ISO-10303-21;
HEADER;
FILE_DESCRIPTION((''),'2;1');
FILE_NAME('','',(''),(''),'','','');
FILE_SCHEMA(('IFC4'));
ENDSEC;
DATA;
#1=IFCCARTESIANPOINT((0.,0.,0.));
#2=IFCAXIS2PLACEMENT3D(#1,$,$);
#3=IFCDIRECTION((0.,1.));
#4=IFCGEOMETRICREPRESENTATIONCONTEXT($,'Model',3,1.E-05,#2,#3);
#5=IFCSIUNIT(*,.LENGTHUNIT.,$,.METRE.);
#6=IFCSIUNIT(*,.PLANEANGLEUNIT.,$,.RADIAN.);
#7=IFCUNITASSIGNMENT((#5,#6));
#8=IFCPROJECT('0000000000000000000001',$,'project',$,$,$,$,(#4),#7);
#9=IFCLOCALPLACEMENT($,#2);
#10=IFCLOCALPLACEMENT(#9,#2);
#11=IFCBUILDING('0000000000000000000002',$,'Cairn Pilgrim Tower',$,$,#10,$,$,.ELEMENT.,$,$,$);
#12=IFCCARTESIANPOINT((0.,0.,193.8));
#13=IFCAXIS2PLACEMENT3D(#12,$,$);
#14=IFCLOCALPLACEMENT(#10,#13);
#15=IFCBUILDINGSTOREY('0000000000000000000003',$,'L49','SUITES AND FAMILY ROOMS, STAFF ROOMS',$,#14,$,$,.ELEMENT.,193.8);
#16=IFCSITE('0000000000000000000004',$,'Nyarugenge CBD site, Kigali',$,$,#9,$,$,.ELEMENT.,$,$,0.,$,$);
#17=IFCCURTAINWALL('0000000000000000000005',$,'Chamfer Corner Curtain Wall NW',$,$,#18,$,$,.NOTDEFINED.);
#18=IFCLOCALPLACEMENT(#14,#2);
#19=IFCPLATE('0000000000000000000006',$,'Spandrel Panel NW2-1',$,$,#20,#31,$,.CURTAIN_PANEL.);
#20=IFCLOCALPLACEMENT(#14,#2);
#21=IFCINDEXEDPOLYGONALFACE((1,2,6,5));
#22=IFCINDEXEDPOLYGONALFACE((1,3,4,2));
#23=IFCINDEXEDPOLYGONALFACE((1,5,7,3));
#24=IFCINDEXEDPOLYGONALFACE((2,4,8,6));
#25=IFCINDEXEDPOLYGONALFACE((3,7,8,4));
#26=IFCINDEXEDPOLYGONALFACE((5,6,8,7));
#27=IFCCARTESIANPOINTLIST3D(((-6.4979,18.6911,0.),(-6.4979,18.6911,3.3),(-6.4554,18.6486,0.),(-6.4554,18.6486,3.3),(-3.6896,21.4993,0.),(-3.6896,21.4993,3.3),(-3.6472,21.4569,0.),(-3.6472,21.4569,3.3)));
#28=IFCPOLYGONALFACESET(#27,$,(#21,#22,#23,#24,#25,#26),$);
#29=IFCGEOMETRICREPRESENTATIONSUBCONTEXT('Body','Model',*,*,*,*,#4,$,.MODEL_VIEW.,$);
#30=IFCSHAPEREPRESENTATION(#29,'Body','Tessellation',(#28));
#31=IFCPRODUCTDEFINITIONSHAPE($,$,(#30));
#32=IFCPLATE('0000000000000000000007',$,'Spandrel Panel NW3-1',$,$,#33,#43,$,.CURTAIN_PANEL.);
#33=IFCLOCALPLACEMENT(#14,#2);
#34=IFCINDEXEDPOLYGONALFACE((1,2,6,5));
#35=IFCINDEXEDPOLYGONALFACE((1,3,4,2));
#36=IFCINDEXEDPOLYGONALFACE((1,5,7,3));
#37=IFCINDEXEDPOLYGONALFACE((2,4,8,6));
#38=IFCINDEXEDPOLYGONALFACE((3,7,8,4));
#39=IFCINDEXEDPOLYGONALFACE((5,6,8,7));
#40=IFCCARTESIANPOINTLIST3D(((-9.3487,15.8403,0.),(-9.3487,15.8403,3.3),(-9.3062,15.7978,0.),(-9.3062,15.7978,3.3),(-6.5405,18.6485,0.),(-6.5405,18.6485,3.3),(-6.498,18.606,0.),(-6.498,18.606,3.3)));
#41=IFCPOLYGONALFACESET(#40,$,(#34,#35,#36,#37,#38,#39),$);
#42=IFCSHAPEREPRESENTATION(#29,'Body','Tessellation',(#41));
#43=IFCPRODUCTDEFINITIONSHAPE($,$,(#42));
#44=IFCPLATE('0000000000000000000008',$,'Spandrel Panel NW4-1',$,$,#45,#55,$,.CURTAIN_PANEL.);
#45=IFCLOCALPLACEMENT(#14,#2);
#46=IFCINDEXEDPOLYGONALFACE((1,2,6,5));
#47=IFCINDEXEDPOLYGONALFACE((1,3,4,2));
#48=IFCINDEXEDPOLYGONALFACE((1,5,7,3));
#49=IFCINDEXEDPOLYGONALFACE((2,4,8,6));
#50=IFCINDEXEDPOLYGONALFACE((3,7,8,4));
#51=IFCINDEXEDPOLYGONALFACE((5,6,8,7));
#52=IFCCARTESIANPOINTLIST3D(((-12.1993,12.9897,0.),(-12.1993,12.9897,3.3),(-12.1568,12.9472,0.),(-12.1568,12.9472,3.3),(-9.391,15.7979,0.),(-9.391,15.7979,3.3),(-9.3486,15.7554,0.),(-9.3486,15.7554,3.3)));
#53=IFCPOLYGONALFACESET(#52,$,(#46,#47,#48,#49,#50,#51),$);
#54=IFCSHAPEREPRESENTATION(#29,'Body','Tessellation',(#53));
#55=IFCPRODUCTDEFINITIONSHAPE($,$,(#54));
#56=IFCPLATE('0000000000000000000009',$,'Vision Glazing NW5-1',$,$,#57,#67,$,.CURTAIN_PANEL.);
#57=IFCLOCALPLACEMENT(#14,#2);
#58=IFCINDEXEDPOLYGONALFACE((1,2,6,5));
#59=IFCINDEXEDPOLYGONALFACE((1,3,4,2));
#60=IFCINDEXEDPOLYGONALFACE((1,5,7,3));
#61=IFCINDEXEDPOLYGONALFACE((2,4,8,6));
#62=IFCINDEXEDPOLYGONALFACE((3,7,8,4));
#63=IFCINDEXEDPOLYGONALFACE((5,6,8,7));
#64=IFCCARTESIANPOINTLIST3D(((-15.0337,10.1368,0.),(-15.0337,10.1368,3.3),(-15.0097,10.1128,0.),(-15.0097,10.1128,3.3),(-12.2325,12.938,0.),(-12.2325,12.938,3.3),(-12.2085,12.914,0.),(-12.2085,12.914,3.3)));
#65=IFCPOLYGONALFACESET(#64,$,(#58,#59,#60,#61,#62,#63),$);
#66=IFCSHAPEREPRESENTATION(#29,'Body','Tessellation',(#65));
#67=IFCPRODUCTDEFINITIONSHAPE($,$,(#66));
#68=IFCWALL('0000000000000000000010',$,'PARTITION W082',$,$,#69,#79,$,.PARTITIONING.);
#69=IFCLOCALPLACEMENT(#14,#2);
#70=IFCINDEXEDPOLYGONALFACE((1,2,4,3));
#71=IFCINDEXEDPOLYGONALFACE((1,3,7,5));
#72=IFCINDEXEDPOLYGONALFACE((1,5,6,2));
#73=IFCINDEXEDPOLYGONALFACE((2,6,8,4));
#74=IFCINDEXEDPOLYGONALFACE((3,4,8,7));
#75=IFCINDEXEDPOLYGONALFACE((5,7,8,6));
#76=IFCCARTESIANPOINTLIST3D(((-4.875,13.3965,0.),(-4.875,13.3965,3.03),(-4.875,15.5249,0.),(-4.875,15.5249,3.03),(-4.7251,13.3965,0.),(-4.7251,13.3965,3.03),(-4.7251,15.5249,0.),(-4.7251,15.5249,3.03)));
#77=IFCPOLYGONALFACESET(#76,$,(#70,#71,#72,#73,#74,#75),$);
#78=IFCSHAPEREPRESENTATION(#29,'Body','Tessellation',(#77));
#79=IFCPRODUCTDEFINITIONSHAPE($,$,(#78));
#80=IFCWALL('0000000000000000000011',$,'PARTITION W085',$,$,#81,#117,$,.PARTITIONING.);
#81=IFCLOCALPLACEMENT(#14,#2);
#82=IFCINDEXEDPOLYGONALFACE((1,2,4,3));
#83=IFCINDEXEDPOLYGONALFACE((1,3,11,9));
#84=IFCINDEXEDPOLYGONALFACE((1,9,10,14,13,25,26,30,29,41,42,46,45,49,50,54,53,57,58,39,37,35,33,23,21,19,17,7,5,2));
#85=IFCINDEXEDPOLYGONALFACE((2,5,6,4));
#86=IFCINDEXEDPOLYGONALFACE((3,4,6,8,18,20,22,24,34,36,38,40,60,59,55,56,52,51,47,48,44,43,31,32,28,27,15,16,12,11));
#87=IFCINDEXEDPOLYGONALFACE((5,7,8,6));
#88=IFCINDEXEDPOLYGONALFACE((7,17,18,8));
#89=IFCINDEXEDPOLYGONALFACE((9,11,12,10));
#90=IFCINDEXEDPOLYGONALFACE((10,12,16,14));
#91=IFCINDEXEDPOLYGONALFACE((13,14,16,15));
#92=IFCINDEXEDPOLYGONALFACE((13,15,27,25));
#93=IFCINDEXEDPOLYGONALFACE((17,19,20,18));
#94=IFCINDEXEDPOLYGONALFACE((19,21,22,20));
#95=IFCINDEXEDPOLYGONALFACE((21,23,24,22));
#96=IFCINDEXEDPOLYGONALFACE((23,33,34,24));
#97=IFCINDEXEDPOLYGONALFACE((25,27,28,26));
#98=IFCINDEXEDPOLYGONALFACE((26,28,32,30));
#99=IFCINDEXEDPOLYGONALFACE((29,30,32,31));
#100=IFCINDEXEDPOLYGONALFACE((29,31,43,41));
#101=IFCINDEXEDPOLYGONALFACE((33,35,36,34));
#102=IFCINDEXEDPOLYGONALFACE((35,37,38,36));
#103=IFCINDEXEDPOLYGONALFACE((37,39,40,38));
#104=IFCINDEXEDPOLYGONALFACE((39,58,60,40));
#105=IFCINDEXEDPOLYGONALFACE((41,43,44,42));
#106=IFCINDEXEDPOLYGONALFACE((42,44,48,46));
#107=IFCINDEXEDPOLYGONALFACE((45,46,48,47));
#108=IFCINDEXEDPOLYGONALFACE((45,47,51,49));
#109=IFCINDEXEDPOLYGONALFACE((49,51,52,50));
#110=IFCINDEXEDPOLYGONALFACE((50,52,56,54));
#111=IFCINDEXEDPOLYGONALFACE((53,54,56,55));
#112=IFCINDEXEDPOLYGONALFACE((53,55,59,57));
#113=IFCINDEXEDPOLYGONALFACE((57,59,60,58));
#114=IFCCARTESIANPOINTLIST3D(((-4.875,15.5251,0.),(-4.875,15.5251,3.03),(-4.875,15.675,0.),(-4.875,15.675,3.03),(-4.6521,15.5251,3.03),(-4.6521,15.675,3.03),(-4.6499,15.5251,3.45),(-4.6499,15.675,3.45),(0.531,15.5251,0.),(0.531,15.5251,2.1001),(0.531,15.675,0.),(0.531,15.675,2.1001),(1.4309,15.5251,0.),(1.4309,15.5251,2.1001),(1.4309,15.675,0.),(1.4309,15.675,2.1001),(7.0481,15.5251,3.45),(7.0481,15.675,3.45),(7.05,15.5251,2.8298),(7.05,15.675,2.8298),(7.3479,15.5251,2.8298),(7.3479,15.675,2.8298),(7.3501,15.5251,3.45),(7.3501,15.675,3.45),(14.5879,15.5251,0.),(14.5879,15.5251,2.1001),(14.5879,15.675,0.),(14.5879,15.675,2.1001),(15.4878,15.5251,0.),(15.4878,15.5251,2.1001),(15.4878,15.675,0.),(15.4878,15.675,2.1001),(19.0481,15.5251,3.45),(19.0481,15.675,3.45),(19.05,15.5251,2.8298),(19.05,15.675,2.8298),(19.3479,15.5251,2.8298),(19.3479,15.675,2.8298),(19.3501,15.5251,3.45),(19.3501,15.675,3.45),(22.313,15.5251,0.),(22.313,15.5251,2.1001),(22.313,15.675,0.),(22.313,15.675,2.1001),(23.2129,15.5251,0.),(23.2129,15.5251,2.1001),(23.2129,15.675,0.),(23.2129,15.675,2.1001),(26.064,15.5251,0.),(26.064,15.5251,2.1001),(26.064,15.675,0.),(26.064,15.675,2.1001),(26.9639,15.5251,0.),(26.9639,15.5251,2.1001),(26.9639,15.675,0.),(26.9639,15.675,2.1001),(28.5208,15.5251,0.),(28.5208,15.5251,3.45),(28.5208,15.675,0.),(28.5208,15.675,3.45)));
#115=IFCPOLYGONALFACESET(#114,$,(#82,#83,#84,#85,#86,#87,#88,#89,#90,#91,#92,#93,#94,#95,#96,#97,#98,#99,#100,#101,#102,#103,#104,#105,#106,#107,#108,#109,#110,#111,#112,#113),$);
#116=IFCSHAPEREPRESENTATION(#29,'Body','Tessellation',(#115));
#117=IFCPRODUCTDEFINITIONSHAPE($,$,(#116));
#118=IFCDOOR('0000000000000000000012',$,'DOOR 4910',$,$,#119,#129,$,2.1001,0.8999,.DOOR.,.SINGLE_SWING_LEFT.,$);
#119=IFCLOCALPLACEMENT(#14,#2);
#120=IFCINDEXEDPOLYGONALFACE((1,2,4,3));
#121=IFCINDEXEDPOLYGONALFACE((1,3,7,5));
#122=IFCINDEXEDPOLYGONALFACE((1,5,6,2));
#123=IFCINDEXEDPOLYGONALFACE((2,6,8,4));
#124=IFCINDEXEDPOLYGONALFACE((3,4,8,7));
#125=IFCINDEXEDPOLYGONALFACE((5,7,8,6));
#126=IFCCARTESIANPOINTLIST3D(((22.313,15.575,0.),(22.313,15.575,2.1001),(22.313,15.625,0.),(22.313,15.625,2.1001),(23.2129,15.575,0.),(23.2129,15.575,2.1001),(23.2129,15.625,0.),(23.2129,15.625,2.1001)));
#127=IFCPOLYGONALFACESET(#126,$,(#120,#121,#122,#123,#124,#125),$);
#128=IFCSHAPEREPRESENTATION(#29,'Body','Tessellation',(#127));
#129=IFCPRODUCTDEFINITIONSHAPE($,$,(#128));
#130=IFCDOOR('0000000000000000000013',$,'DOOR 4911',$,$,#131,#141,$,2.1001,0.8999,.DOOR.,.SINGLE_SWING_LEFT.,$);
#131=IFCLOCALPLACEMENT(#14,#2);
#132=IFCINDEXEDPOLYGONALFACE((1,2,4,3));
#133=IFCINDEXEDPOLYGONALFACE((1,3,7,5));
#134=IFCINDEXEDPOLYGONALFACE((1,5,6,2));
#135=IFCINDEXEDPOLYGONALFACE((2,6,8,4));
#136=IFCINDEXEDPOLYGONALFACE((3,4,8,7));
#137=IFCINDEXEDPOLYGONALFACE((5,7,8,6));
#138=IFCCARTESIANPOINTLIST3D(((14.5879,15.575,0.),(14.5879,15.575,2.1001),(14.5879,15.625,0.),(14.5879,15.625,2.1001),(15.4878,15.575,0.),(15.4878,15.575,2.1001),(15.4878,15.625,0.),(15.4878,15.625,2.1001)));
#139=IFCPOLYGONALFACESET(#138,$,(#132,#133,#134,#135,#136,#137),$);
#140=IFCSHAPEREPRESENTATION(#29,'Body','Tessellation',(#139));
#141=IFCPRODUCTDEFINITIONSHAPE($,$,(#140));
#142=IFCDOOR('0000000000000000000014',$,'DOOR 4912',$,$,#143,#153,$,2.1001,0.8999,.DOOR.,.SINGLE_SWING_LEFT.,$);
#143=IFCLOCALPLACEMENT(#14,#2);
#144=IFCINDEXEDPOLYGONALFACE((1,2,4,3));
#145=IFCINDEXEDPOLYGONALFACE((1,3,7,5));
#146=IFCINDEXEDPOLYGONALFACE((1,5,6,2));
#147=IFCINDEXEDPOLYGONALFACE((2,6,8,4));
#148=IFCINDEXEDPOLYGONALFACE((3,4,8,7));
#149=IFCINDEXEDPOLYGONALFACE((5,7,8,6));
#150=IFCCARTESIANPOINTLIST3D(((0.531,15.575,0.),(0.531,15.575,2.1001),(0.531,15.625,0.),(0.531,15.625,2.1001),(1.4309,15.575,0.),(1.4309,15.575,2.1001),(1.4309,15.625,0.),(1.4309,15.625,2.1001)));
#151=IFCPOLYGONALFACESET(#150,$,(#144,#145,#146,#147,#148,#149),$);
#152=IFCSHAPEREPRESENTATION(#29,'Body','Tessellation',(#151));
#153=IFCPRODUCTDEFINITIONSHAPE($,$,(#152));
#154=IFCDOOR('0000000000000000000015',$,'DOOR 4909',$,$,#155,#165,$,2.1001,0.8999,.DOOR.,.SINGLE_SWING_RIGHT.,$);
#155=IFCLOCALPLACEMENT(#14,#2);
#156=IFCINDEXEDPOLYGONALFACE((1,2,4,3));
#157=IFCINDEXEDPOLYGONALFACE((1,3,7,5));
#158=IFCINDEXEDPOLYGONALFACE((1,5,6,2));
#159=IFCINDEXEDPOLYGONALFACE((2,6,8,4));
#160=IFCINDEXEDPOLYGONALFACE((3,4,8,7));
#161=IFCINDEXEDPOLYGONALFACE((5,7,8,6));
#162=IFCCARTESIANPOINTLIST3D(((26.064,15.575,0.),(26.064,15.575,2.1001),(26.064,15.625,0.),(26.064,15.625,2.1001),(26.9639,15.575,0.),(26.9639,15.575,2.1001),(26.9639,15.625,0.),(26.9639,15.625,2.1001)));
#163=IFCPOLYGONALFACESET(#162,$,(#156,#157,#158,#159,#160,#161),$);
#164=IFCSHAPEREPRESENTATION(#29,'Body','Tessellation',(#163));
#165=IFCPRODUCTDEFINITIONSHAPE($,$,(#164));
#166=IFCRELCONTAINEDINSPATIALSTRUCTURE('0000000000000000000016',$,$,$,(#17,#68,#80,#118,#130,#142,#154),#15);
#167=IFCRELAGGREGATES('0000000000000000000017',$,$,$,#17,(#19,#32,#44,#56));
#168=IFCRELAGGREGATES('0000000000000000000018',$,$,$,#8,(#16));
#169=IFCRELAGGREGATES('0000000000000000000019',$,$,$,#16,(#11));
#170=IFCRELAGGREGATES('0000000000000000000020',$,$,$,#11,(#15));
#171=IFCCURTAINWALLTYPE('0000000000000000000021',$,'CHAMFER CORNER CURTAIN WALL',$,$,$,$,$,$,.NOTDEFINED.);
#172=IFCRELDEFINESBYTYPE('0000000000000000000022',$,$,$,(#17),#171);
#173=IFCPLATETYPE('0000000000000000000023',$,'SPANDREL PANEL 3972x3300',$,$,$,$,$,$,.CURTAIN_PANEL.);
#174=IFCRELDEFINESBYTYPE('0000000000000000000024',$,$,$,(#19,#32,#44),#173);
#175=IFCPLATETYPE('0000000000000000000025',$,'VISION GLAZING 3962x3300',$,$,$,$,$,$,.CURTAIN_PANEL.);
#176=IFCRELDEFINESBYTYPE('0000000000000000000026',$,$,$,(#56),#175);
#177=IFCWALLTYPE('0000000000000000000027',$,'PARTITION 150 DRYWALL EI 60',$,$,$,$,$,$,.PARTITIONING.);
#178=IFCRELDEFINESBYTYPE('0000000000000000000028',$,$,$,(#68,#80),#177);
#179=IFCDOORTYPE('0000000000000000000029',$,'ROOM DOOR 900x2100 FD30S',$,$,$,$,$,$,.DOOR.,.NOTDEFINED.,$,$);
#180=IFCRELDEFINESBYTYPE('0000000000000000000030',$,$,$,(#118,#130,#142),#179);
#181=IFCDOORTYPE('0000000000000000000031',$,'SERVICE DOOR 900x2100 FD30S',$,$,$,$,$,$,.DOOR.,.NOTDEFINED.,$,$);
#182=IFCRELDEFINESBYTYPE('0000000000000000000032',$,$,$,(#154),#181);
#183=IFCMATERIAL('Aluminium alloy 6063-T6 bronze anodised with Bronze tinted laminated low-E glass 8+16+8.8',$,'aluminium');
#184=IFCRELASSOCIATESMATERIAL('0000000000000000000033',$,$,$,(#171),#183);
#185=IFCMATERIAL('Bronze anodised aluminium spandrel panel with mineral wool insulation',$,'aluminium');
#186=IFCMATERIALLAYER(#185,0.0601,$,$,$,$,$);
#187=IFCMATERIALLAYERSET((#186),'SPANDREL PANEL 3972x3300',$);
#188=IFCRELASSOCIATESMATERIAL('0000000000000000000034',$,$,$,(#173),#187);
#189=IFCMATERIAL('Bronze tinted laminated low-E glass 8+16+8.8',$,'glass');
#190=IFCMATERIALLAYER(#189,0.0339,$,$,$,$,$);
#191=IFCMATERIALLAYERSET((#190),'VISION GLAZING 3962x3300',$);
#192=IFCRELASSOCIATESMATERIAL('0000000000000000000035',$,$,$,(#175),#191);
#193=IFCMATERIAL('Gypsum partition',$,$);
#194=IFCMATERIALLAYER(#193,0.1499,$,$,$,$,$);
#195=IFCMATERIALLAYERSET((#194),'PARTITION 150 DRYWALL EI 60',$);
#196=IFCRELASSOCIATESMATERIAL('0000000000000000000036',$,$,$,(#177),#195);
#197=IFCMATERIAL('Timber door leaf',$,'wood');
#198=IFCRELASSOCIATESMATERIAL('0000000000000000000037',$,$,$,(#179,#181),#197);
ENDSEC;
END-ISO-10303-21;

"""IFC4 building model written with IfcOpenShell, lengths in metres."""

from ifc_helpers import new_model, si_unit, direction, frame, frame_2d, origin, origin_2d, place, context, subcontext, project, spatial, polyline, rectangle, outline, extrude, material, layer, layer_set, type_object, element, fill, aggregate, save


model = new_model("IFC4")

# Units and contexts
model_context = context("Model", 3, precision=1e-05, world=origin(), true_north=direction((0.0, 1.0)))
body_context = subcontext(model_context, "Body", "Model", "MODEL_VIEW")
ifc_project = project(units=[si_unit("LENGTHUNIT", "METRE"), si_unit("PLANEANGLEUNIT", "RADIAN")], contexts=[model_context])

# Site, building, storey
site_placement = place(None, origin())
site = spatial("IfcSite", under=ifc_project, at=site_placement, Name="Nyarugenge CBD site, Kigali", CompositionType="ELEMENT", RefElevation=0.0)
building_placement = place(site_placement, origin())
building = spatial("IfcBuilding", under=site, at=building_placement, Name="Cairn Pilgrim Tower", CompositionType="ELEMENT")
storey_placement = place(building_placement, frame((0.0, 0.0, 193.8)))
storey = spatial("IfcBuildingStorey", under=building, at=storey_placement, Name="L49", Description="SUITES AND FAMILY ROOMS, STAFF ROOMS", CompositionType="ELEMENT", Elevation=193.8)

# Curtain wall
ifc_material_1 = material(Name="Aluminium alloy 6063-T6 bronze anodised with Bronze tinted laminated low-E glass 8+16+8.8", Category="aluminium")
curtain_wall_type = type_object("IfcCurtainWallType", Name="CHAMFER CORNER CURTAIN WALL", PredefinedType="NOTDEFINED", material=ifc_material_1)
curtain_wall_placement = place(storey_placement, origin())
curtain_wall = element("IfcCurtainWall", 1, at=curtain_wall_placement, inside=storey, type_object=curtain_wall_type, Name="Chamfer Corner Curtain Wall NW", PredefinedType="NOTDEFINED")

# Plates
ifc_material_2 = material(Name="Bronze anodised aluminium spandrel panel with mineral wool insulation", Category="aluminium")
ifc_layer_1 = layer(ifc_material_2, 0.0601)
ifc_layer_set_1 = layer_set([ifc_layer_1], Name="SPANDREL PANEL 3972x3300")
plate_type_1 = type_object("IfcPlateType", Name="SPANDREL PANEL 3972x3300", PredefinedType="CURTAIN_PANEL", material=ifc_layer_set_1)
plate_1_placement = place(storey_placement, frame((-5.0725, 20.074, 0.0), z_axis=(0.0, 0.0, 1.0), x_axis=(-0.707107, -0.707107, 0.0)))
plate_1 = element("IfcPlate", 2, at=plate_1_placement, type_object=plate_type_1, Name="Spandrel Panel NW2-1", PredefinedType="CURTAIN_PANEL", context=body_context, shape_type="SweptSolid", body=[
    extrude(rectangle(XDim=3.9714, YDim=0.0601, at=origin_2d()), origin(), (0.0, 0.0, 1.0), 3.3),
])
plate_2_placement = place(storey_placement, frame((-7.9233, 17.2231, 0.0), z_axis=(0.0, 0.0, 1.0), x_axis=(-0.707107, -0.707107, 0.0)))
plate_2 = element("IfcPlate", 3, at=plate_2_placement, type_object=plate_type_1, Name="Spandrel Panel NW3-1", PredefinedType="CURTAIN_PANEL", context=body_context, shape_type="SweptSolid", body=[
    extrude(rectangle(XDim=3.9714, YDim=0.0601, at=origin_2d()), origin(), (0.0, 0.0, 1.0), 3.3),
])
plate_3_placement = place(storey_placement, frame((-10.7739, 14.3726, 0.0), z_axis=(0.0, 0.0, 1.0), x_axis=(-0.707107, -0.707107, 0.0)))
plate_3 = element("IfcPlate", 4, at=plate_3_placement, type_object=plate_type_1, Name="Spandrel Panel NW4-1", PredefinedType="CURTAIN_PANEL", context=body_context, shape_type="SweptSolid", body=[
    extrude(rectangle(XDim=3.9714, YDim=0.0601, at=origin_2d()), origin(), (0.0, 0.0, 1.0), 3.3),
])
ifc_material_3 = material(Name="Bronze tinted laminated low-E glass 8+16+8.8", Category="glass")
ifc_layer_2 = layer(ifc_material_3, 0.0339)
ifc_layer_set_2 = layer_set([ifc_layer_2], Name="VISION GLAZING 3962x3300")
plate_type_2 = type_object("IfcPlateType", Name="VISION GLAZING 3962x3300", PredefinedType="CURTAIN_PANEL", material=ifc_layer_set_2)
plate_4_placement = place(storey_placement, frame((-13.6211, 11.5254, 0.0), z_axis=(0.0, 0.0, 1.0), x_axis=(-0.707107, -0.707107, 0.0)))
plate_4 = element("IfcPlate", 5, at=plate_4_placement, type_object=plate_type_2, Name="Vision Glazing NW5-1", PredefinedType="CURTAIN_PANEL", context=body_context, shape_type="SweptSolid", body=[
    extrude(rectangle(XDim=3.9614, YDim=0.0339, at=origin_2d()), origin(), (0.0, 0.0, 1.0), 3.3),
])
aggregate(curtain_wall, [plate_1, plate_2, plate_3, plate_4])

# Wall
ifc_material_4 = material(Name="Gypsum partition")
ifc_layer_3 = layer(ifc_material_4, 0.1499)
ifc_layer_set_3 = layer_set([ifc_layer_3], Name="PARTITION 150 DRYWALL EI 60")
wall_type_1 = type_object("IfcWallType", Name="PARTITION 150 DRYWALL EI 60", PredefinedType="PARTITIONING", material=ifc_layer_set_3)
wall_1_placement = place(storey_placement, frame((-4.8, 13.3965, 0.0), z_axis=(0.0, 0.0, 1.0), x_axis=(0.0, 1.0, 0.0)))
element("IfcWall", 6, at=wall_1_placement, inside=storey, type_object=wall_type_1, Name="PARTITION W082", PredefinedType="PARTITIONING", context=body_context, shape_type="SweptSolid", body=[
    extrude(rectangle(XDim=2.1284, YDim=0.1499, at=frame_2d((1.0642, 0.0))), origin(), (0.0, 0.0, 1.0), 3.03),
])

# Wall, openings, doors
wall_2_placement = place(storey_placement, frame((-4.875, 15.6001, 0.0), z_axis=(0.0, 0.0, 1.0), x_axis=(1.0, 0.0, 0.0)))
wall_2 = element("IfcWall", 7, at=wall_2_placement, inside=storey, type_object=wall_type_1, Name="PARTITION W085", PredefinedType="PARTITIONING", context=body_context, shape_type="SweptSolid", body=[
    extrude(outline(polyline([(0.0, 0.0), (33.3958, 0.0), (33.3958, 3.45), (24.2251, 3.45), (24.2229, 2.8298), (23.925, 2.8298), (23.9231, 3.45), (12.2251, 3.45), (12.2229, 2.8298), (11.925, 2.8298), (11.9231, 3.45), (0.2251, 3.45), (0.2229, 3.03), (0.0, 3.03), (0.0, 0.0)])), frame((0.0, 0.075, 0.0), z_axis=(0.0, -1.0, 0.0), x_axis=(1.0, 0.0, 0.0)), (0.0, 0.0, 1.0), 0.1499),
])
opening_1_placement = place(wall_2_placement, frame((30.939, 0.0, 0.0)))
opening_1 = element("IfcOpeningElement", 8, at=opening_1_placement, cuts=wall_2, PredefinedType="OPENING", context=body_context, shape_type="SweptSolid", body=[
    extrude(rectangle(XDim=0.8999, YDim=2.1001, at=frame_2d((0.45, 1.05))), frame((0.0, 0.085, 0.0), z_axis=(0.0, -1.0, 0.0), x_axis=(1.0, 0.0, 0.0)), (0.0, 0.0, 1.0), 0.1699),
])
opening_2_placement = place(wall_2_placement, frame((27.188, 0.0, 0.0)))
opening_2 = element("IfcOpeningElement", 9, at=opening_2_placement, cuts=wall_2, PredefinedType="OPENING", context=body_context, shape_type="SweptSolid", body=[
    extrude(rectangle(XDim=0.8999, YDim=2.1001, at=frame_2d((0.45, 1.05))), frame((0.0, 0.085, 0.0), z_axis=(0.0, -1.0, 0.0), x_axis=(1.0, 0.0, 0.0)), (0.0, 0.0, 1.0), 0.1699),
])
opening_3_placement = place(wall_2_placement, frame((19.4629, 0.0, 0.0)))
opening_3 = element("IfcOpeningElement", 10, at=opening_3_placement, cuts=wall_2, PredefinedType="OPENING", context=body_context, shape_type="SweptSolid", body=[
    extrude(rectangle(XDim=0.8999, YDim=2.1001, at=frame_2d((0.45, 1.05))), frame((0.0, 0.085, 0.0), z_axis=(0.0, -1.0, 0.0), x_axis=(1.0, 0.0, 0.0)), (0.0, 0.0, 1.0), 0.1699),
])
opening_4_placement = place(wall_2_placement, frame((5.406, 0.0, 0.0)))
opening_4 = element("IfcOpeningElement", 11, at=opening_4_placement, cuts=wall_2, PredefinedType="OPENING", context=body_context, shape_type="SweptSolid", body=[
    extrude(rectangle(XDim=0.8999, YDim=2.1001, at=frame_2d((0.45, 1.05))), frame((0.0, 0.085, 0.0), z_axis=(0.0, -1.0, 0.0), x_axis=(1.0, 0.0, 0.0)), (0.0, 0.0, 1.0), 0.1699),
])
ifc_material_5 = material(Name="Timber door leaf", Category="wood")
door_type_1 = type_object("IfcDoorType", Name="ROOM DOOR 900x2100 FD30S", OperationType="NOTDEFINED", PredefinedType="DOOR", material=ifc_material_5)
door_1_placement = place(opening_2_placement, origin())
door_1 = element("IfcDoor", 12, at=door_1_placement, inside=storey, type_object=door_type_1, Name="DOOR 4910", OperationType="SINGLE_SWING_LEFT", OverallHeight=2.1001, OverallWidth=0.8999, PredefinedType="DOOR", context=body_context, shape_type="SweptSolid", body=[
    extrude(rectangle(XDim=0.8999, YDim=2.1001, at=frame_2d((0.45, 1.05))), frame((0.0, 0.0249, 0.0), z_axis=(0.0, -1.0, 0.0), x_axis=(1.0, 0.0, 0.0)), (0.0, 0.0, 1.0), 0.05),
])
fill(opening_2, door_1)
door_2_placement = place(opening_3_placement, origin())
door_2 = element("IfcDoor", 13, at=door_2_placement, inside=storey, type_object=door_type_1, Name="DOOR 4911", OperationType="SINGLE_SWING_LEFT", OverallHeight=2.1001, OverallWidth=0.8999, PredefinedType="DOOR", context=body_context, shape_type="SweptSolid", body=[
    extrude(rectangle(XDim=0.8999, YDim=2.1001, at=frame_2d((0.45, 1.05))), frame((0.0, 0.0249, 0.0), z_axis=(0.0, -1.0, 0.0), x_axis=(1.0, 0.0, 0.0)), (0.0, 0.0, 1.0), 0.05),
])
fill(opening_3, door_2)
door_3_placement = place(opening_4_placement, origin())
door_3 = element("IfcDoor", 14, at=door_3_placement, inside=storey, type_object=door_type_1, Name="DOOR 4912", OperationType="SINGLE_SWING_LEFT", OverallHeight=2.1001, OverallWidth=0.8999, PredefinedType="DOOR", context=body_context, shape_type="SweptSolid", body=[
    extrude(rectangle(XDim=0.8999, YDim=2.1001, at=frame_2d((0.45, 1.05))), frame((0.0, 0.0249, 0.0), z_axis=(0.0, -1.0, 0.0), x_axis=(1.0, 0.0, 0.0)), (0.0, 0.0, 1.0), 0.05),
])
fill(opening_4, door_3)
door_type_2 = type_object("IfcDoorType", Name="SERVICE DOOR 900x2100 FD30S", OperationType="NOTDEFINED", PredefinedType="DOOR", material=ifc_material_5)
door_4_placement = place(opening_1_placement, origin())
door_4 = element("IfcDoor", 15, at=door_4_placement, inside=storey, type_object=door_type_2, Name="DOOR 4909", OperationType="SINGLE_SWING_RIGHT", OverallHeight=2.1001, OverallWidth=0.8999, PredefinedType="DOOR", context=body_context, shape_type="SweptSolid", body=[
    extrude(rectangle(XDim=0.8999, YDim=2.1001, at=frame_2d((0.45, 1.05))), frame((0.0, 0.0249, 0.0), z_axis=(0.0, -1.0, 0.0), x_axis=(1.0, 0.0, 0.0)), (0.0, 0.0, 1.0), 0.05),
])
fill(opening_1, door_4)

save(model, "model.ifc")
